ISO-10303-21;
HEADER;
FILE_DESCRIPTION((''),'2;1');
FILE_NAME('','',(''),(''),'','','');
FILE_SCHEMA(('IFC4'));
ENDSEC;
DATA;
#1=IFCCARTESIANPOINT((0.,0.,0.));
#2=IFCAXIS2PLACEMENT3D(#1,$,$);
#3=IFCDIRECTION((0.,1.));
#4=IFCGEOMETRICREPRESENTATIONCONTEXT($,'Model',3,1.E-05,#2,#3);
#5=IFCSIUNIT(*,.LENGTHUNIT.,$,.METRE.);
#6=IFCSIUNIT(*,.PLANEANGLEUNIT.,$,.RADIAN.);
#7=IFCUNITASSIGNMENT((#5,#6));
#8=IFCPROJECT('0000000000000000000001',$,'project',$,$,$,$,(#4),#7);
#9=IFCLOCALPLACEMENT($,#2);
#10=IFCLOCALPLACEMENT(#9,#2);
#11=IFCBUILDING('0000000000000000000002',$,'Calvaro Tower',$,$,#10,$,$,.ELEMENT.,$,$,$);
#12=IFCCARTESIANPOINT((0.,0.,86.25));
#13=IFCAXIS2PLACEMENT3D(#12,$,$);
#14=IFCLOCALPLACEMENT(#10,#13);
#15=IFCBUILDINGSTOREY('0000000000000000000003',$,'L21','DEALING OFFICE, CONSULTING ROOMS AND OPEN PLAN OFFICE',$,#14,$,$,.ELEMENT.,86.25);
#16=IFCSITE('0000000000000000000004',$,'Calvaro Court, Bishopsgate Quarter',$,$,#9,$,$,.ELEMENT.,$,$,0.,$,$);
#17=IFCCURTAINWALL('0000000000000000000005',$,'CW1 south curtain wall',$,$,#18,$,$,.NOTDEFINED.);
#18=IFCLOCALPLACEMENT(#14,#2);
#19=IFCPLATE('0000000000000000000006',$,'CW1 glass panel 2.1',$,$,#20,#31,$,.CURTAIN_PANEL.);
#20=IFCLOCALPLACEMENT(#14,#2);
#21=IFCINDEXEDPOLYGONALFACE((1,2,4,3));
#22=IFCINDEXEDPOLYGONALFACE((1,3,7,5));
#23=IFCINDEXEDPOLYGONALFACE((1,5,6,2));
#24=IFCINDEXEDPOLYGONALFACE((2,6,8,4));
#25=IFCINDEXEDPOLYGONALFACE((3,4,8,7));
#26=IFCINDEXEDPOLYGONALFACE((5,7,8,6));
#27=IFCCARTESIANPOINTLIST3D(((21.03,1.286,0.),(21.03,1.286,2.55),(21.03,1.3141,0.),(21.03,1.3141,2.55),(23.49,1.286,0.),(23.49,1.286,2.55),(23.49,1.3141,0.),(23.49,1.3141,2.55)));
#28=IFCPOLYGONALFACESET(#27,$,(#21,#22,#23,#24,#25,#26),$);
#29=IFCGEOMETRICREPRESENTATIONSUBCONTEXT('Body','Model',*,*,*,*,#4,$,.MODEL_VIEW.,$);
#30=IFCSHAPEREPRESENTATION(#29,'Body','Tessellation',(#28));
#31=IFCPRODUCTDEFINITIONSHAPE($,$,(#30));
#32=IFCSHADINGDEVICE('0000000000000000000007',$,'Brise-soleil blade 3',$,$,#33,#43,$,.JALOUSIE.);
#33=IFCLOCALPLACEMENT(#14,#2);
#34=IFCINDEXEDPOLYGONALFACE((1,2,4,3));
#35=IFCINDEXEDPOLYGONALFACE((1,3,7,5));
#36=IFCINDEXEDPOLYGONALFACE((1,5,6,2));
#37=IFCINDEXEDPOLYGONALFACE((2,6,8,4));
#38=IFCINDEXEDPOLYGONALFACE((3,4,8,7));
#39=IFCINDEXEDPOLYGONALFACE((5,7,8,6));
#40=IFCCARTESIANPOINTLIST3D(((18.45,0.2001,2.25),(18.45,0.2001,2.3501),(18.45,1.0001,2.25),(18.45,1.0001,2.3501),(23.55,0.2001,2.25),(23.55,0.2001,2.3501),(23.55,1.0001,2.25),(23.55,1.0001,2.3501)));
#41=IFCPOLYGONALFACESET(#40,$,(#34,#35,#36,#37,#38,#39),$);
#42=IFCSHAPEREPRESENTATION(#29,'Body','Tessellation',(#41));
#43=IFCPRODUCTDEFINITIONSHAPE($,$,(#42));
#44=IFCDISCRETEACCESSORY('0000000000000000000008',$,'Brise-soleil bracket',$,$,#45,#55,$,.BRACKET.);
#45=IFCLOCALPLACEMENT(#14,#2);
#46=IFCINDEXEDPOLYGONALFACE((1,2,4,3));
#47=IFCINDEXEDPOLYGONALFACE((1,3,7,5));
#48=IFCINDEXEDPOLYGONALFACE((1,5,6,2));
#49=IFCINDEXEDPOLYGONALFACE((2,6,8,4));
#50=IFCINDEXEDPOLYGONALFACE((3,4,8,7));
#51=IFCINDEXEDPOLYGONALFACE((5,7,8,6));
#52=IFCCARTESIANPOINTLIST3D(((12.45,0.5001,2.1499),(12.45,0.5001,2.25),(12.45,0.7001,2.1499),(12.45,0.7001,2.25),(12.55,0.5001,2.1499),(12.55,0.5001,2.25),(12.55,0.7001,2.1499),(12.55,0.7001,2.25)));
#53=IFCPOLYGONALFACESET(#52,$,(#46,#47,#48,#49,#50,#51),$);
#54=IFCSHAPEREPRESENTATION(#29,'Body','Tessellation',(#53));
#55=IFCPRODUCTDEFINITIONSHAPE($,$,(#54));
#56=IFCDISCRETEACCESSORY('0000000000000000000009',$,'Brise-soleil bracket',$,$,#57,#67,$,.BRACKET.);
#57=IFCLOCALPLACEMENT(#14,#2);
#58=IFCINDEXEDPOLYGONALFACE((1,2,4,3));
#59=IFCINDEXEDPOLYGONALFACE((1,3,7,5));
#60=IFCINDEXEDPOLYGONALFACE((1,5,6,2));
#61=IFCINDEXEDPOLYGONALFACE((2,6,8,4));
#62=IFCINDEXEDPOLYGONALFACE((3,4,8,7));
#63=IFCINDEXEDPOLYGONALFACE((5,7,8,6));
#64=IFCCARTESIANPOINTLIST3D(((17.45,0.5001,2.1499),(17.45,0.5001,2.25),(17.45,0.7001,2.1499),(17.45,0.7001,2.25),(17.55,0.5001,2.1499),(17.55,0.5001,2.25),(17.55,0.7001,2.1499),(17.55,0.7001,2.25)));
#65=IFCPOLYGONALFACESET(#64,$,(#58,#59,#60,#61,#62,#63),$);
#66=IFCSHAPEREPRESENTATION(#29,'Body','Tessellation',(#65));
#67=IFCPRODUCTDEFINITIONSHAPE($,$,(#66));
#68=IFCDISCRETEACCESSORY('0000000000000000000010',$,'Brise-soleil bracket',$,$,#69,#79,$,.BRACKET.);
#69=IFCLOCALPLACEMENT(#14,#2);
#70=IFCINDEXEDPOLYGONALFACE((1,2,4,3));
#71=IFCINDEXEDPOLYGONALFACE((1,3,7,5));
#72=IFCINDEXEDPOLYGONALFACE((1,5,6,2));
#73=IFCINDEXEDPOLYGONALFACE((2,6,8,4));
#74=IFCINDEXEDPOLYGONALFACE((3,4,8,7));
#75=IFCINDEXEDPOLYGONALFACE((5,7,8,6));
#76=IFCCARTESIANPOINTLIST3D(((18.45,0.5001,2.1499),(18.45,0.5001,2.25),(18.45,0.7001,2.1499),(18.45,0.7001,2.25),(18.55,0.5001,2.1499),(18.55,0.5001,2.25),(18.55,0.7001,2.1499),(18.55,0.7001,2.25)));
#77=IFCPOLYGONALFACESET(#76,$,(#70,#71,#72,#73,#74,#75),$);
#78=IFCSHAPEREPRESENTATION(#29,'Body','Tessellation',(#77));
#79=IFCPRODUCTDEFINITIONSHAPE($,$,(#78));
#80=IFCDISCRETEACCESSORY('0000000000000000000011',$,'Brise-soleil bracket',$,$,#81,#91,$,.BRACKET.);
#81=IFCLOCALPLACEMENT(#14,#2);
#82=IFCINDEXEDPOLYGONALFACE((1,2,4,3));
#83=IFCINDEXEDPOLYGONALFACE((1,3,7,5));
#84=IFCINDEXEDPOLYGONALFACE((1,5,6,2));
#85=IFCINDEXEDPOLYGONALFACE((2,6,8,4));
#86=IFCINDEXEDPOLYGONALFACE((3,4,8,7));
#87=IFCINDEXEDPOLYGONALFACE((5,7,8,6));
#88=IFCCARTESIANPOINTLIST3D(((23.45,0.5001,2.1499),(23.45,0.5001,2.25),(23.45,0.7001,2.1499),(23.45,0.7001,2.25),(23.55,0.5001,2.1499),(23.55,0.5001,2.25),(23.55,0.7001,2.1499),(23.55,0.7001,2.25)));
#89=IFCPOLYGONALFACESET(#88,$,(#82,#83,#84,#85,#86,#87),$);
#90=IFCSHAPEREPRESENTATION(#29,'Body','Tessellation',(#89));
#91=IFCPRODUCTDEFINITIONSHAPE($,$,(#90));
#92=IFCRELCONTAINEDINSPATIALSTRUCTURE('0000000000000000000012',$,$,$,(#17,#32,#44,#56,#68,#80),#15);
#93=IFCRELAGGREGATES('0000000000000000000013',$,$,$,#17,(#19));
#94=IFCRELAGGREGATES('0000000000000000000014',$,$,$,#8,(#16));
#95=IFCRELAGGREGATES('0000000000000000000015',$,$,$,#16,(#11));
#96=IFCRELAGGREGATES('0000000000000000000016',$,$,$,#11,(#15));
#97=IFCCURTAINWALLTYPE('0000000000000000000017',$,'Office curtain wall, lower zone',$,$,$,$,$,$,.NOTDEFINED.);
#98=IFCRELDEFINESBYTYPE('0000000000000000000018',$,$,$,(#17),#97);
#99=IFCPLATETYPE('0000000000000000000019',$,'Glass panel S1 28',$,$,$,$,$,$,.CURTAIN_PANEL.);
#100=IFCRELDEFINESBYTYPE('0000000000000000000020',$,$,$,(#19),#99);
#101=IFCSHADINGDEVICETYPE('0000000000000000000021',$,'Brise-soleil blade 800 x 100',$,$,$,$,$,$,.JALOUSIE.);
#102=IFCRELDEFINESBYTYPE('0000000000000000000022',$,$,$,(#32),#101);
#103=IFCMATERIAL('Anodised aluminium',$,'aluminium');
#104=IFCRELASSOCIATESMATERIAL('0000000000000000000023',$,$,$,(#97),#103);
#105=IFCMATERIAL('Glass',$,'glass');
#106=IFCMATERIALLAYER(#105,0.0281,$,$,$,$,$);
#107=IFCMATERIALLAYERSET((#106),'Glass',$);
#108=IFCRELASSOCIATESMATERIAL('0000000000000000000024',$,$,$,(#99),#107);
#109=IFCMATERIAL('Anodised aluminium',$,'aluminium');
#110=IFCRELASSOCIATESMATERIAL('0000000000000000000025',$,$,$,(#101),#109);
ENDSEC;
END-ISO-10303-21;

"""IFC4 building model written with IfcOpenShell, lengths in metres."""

from ifc_helpers import new_model, si_unit, direction, frame, origin, origin_2d, place, context, subcontext, project, spatial, rectangle, extrude, material, layer, layer_set, material_profile, profile_set, type_object, element, aggregate, save


model = new_model("IFC4")

# Units and contexts
model_context = context("Model", 3, precision=1e-05, world=origin(), true_north=direction((0.0, 1.0)))
body_context = subcontext(model_context, "Body", "Model", "MODEL_VIEW")
ifc_project = project(units=[si_unit("LENGTHUNIT", "METRE"), si_unit("PLANEANGLEUNIT", "RADIAN")], contexts=[model_context])

# Site, building, storey
site_placement = place(None, origin())
site = spatial("IfcSite", under=ifc_project, at=site_placement, Name="Calvaro Court, Bishopsgate Quarter", CompositionType="ELEMENT", RefElevation=0.0)
building_placement = place(site_placement, origin())
building = spatial("IfcBuilding", under=site, at=building_placement, Name="Calvaro Tower", CompositionType="ELEMENT")
storey_placement = place(building_placement, frame((0.0, 0.0, 86.25)))
storey = spatial("IfcBuildingStorey", under=building, at=storey_placement, Name="L21", Description="DEALING OFFICE, CONSULTING ROOMS AND OPEN PLAN OFFICE", CompositionType="ELEMENT", Elevation=86.25)

# Curtain wall
ifc_material_1 = material(Name="Anodised aluminium", Category="aluminium")
curtain_wall_type = type_object("IfcCurtainWallType", Name="Office curtain wall, lower zone", PredefinedType="NOTDEFINED", material=ifc_material_1)
curtain_wall_1_placement = place(storey_placement, origin())
curtain_wall_1 = element("IfcCurtainWall", 1, at=curtain_wall_1_placement, inside=storey, type_object=curtain_wall_type, Name="CW1 south curtain wall", PredefinedType="NOTDEFINED")

# Plate
ifc_material_2 = material(Name="Glass", Category="glass")
ifc_layer = layer(ifc_material_2, 0.0281)
ifc_layer_set = layer_set([ifc_layer], Name="Glass")
plate_type = type_object("IfcPlateType", Name="Glass panel S1 28", PredefinedType="CURTAIN_PANEL", material=ifc_layer_set)
plate_1_placement = place(storey_placement, frame((22.26, 1.3, 0.0), z_axis=(0.0, 0.0, 1.0), x_axis=(1.0, 0.0, 0.0)))
plate_1 = element("IfcPlate", 2, at=plate_1_placement, type_object=plate_type, Name="CW1 glass panel 2.1", PredefinedType="CURTAIN_PANEL", context=body_context, shape_type="SweptSolid", body=[
    extrude(rectangle(XDim=2.46, YDim=0.0281, at=origin_2d()), origin(), (0.0, 0.0, 1.0), 2.55),
])
aggregate(curtain_wall_1, [plate_1])

# Shading device
ifc_material_3 = material(Name="Anodised aluminium", Category="aluminium")
ifc_material_profile_1 = material_profile(ifc_material_3, rectangle(XDim=0.8, YDim=0.1001, at=origin_2d()), Name="Brise-soleil blade 800 x 100")
ifc_profile_set_1 = profile_set([ifc_material_profile_1], Name="Anodised aluminium")
shading_device_type = type_object("IfcShadingDeviceType", Name="Brise-soleil blade 800 x 100", PredefinedType="JALOUSIE", material=ifc_profile_set_1)
shading_device_placement = place(storey_placement, frame((18.45, 0.6001, 2.3), z_axis=(1.0, 0.0, 0.0), x_axis=(0.0, 1.0, 0.0)))
element("IfcShadingDevice", 3, at=shading_device_placement, inside=storey, type_object=shading_device_type, Name="Brise-soleil blade 3", PredefinedType="JALOUSIE", context=body_context, shape_type="SweptSolid", body=[
    extrude(rectangle(XDim=0.8, YDim=0.1001, at=origin_2d()), origin(), (0.0, 0.0, 1.0), 5.1001),
])

# Discrete accessories
for number, where, z_axis, x_axis, name in (
    (4, (12.5, 0.6001, 2.1499), (0.0, 0.0, 1.0), (1.0, 0.0, 0.0), "Brise-soleil bracket"),
    (5, (17.5, 0.6001, 2.1499), (0.0, 0.0, 1.0), (1.0, 0.0, 0.0), "Brise-soleil bracket"),
    (6, (18.5, 0.6001, 2.1499), (0.0, 0.0, 1.0), (1.0, 0.0, 0.0), "Brise-soleil bracket"),
    (7, (23.5, 0.6001, 2.1499), (0.0, 0.0, 1.0), (1.0, 0.0, 0.0), "Brise-soleil bracket"),
):
    element("IfcDiscreteAccessory", number, at=place(storey_placement, frame(where, z_axis=z_axis, x_axis=x_axis)), inside=storey, Name=name, PredefinedType="BRACKET", context=body_context, shape_type="SweptSolid", body=[
        extrude(rectangle(XDim=0.1001, YDim=0.2, at=origin_2d()), origin(), (0.0, 0.0, 1.0), 0.1001),
    ])

save(model, "model.ifc")
